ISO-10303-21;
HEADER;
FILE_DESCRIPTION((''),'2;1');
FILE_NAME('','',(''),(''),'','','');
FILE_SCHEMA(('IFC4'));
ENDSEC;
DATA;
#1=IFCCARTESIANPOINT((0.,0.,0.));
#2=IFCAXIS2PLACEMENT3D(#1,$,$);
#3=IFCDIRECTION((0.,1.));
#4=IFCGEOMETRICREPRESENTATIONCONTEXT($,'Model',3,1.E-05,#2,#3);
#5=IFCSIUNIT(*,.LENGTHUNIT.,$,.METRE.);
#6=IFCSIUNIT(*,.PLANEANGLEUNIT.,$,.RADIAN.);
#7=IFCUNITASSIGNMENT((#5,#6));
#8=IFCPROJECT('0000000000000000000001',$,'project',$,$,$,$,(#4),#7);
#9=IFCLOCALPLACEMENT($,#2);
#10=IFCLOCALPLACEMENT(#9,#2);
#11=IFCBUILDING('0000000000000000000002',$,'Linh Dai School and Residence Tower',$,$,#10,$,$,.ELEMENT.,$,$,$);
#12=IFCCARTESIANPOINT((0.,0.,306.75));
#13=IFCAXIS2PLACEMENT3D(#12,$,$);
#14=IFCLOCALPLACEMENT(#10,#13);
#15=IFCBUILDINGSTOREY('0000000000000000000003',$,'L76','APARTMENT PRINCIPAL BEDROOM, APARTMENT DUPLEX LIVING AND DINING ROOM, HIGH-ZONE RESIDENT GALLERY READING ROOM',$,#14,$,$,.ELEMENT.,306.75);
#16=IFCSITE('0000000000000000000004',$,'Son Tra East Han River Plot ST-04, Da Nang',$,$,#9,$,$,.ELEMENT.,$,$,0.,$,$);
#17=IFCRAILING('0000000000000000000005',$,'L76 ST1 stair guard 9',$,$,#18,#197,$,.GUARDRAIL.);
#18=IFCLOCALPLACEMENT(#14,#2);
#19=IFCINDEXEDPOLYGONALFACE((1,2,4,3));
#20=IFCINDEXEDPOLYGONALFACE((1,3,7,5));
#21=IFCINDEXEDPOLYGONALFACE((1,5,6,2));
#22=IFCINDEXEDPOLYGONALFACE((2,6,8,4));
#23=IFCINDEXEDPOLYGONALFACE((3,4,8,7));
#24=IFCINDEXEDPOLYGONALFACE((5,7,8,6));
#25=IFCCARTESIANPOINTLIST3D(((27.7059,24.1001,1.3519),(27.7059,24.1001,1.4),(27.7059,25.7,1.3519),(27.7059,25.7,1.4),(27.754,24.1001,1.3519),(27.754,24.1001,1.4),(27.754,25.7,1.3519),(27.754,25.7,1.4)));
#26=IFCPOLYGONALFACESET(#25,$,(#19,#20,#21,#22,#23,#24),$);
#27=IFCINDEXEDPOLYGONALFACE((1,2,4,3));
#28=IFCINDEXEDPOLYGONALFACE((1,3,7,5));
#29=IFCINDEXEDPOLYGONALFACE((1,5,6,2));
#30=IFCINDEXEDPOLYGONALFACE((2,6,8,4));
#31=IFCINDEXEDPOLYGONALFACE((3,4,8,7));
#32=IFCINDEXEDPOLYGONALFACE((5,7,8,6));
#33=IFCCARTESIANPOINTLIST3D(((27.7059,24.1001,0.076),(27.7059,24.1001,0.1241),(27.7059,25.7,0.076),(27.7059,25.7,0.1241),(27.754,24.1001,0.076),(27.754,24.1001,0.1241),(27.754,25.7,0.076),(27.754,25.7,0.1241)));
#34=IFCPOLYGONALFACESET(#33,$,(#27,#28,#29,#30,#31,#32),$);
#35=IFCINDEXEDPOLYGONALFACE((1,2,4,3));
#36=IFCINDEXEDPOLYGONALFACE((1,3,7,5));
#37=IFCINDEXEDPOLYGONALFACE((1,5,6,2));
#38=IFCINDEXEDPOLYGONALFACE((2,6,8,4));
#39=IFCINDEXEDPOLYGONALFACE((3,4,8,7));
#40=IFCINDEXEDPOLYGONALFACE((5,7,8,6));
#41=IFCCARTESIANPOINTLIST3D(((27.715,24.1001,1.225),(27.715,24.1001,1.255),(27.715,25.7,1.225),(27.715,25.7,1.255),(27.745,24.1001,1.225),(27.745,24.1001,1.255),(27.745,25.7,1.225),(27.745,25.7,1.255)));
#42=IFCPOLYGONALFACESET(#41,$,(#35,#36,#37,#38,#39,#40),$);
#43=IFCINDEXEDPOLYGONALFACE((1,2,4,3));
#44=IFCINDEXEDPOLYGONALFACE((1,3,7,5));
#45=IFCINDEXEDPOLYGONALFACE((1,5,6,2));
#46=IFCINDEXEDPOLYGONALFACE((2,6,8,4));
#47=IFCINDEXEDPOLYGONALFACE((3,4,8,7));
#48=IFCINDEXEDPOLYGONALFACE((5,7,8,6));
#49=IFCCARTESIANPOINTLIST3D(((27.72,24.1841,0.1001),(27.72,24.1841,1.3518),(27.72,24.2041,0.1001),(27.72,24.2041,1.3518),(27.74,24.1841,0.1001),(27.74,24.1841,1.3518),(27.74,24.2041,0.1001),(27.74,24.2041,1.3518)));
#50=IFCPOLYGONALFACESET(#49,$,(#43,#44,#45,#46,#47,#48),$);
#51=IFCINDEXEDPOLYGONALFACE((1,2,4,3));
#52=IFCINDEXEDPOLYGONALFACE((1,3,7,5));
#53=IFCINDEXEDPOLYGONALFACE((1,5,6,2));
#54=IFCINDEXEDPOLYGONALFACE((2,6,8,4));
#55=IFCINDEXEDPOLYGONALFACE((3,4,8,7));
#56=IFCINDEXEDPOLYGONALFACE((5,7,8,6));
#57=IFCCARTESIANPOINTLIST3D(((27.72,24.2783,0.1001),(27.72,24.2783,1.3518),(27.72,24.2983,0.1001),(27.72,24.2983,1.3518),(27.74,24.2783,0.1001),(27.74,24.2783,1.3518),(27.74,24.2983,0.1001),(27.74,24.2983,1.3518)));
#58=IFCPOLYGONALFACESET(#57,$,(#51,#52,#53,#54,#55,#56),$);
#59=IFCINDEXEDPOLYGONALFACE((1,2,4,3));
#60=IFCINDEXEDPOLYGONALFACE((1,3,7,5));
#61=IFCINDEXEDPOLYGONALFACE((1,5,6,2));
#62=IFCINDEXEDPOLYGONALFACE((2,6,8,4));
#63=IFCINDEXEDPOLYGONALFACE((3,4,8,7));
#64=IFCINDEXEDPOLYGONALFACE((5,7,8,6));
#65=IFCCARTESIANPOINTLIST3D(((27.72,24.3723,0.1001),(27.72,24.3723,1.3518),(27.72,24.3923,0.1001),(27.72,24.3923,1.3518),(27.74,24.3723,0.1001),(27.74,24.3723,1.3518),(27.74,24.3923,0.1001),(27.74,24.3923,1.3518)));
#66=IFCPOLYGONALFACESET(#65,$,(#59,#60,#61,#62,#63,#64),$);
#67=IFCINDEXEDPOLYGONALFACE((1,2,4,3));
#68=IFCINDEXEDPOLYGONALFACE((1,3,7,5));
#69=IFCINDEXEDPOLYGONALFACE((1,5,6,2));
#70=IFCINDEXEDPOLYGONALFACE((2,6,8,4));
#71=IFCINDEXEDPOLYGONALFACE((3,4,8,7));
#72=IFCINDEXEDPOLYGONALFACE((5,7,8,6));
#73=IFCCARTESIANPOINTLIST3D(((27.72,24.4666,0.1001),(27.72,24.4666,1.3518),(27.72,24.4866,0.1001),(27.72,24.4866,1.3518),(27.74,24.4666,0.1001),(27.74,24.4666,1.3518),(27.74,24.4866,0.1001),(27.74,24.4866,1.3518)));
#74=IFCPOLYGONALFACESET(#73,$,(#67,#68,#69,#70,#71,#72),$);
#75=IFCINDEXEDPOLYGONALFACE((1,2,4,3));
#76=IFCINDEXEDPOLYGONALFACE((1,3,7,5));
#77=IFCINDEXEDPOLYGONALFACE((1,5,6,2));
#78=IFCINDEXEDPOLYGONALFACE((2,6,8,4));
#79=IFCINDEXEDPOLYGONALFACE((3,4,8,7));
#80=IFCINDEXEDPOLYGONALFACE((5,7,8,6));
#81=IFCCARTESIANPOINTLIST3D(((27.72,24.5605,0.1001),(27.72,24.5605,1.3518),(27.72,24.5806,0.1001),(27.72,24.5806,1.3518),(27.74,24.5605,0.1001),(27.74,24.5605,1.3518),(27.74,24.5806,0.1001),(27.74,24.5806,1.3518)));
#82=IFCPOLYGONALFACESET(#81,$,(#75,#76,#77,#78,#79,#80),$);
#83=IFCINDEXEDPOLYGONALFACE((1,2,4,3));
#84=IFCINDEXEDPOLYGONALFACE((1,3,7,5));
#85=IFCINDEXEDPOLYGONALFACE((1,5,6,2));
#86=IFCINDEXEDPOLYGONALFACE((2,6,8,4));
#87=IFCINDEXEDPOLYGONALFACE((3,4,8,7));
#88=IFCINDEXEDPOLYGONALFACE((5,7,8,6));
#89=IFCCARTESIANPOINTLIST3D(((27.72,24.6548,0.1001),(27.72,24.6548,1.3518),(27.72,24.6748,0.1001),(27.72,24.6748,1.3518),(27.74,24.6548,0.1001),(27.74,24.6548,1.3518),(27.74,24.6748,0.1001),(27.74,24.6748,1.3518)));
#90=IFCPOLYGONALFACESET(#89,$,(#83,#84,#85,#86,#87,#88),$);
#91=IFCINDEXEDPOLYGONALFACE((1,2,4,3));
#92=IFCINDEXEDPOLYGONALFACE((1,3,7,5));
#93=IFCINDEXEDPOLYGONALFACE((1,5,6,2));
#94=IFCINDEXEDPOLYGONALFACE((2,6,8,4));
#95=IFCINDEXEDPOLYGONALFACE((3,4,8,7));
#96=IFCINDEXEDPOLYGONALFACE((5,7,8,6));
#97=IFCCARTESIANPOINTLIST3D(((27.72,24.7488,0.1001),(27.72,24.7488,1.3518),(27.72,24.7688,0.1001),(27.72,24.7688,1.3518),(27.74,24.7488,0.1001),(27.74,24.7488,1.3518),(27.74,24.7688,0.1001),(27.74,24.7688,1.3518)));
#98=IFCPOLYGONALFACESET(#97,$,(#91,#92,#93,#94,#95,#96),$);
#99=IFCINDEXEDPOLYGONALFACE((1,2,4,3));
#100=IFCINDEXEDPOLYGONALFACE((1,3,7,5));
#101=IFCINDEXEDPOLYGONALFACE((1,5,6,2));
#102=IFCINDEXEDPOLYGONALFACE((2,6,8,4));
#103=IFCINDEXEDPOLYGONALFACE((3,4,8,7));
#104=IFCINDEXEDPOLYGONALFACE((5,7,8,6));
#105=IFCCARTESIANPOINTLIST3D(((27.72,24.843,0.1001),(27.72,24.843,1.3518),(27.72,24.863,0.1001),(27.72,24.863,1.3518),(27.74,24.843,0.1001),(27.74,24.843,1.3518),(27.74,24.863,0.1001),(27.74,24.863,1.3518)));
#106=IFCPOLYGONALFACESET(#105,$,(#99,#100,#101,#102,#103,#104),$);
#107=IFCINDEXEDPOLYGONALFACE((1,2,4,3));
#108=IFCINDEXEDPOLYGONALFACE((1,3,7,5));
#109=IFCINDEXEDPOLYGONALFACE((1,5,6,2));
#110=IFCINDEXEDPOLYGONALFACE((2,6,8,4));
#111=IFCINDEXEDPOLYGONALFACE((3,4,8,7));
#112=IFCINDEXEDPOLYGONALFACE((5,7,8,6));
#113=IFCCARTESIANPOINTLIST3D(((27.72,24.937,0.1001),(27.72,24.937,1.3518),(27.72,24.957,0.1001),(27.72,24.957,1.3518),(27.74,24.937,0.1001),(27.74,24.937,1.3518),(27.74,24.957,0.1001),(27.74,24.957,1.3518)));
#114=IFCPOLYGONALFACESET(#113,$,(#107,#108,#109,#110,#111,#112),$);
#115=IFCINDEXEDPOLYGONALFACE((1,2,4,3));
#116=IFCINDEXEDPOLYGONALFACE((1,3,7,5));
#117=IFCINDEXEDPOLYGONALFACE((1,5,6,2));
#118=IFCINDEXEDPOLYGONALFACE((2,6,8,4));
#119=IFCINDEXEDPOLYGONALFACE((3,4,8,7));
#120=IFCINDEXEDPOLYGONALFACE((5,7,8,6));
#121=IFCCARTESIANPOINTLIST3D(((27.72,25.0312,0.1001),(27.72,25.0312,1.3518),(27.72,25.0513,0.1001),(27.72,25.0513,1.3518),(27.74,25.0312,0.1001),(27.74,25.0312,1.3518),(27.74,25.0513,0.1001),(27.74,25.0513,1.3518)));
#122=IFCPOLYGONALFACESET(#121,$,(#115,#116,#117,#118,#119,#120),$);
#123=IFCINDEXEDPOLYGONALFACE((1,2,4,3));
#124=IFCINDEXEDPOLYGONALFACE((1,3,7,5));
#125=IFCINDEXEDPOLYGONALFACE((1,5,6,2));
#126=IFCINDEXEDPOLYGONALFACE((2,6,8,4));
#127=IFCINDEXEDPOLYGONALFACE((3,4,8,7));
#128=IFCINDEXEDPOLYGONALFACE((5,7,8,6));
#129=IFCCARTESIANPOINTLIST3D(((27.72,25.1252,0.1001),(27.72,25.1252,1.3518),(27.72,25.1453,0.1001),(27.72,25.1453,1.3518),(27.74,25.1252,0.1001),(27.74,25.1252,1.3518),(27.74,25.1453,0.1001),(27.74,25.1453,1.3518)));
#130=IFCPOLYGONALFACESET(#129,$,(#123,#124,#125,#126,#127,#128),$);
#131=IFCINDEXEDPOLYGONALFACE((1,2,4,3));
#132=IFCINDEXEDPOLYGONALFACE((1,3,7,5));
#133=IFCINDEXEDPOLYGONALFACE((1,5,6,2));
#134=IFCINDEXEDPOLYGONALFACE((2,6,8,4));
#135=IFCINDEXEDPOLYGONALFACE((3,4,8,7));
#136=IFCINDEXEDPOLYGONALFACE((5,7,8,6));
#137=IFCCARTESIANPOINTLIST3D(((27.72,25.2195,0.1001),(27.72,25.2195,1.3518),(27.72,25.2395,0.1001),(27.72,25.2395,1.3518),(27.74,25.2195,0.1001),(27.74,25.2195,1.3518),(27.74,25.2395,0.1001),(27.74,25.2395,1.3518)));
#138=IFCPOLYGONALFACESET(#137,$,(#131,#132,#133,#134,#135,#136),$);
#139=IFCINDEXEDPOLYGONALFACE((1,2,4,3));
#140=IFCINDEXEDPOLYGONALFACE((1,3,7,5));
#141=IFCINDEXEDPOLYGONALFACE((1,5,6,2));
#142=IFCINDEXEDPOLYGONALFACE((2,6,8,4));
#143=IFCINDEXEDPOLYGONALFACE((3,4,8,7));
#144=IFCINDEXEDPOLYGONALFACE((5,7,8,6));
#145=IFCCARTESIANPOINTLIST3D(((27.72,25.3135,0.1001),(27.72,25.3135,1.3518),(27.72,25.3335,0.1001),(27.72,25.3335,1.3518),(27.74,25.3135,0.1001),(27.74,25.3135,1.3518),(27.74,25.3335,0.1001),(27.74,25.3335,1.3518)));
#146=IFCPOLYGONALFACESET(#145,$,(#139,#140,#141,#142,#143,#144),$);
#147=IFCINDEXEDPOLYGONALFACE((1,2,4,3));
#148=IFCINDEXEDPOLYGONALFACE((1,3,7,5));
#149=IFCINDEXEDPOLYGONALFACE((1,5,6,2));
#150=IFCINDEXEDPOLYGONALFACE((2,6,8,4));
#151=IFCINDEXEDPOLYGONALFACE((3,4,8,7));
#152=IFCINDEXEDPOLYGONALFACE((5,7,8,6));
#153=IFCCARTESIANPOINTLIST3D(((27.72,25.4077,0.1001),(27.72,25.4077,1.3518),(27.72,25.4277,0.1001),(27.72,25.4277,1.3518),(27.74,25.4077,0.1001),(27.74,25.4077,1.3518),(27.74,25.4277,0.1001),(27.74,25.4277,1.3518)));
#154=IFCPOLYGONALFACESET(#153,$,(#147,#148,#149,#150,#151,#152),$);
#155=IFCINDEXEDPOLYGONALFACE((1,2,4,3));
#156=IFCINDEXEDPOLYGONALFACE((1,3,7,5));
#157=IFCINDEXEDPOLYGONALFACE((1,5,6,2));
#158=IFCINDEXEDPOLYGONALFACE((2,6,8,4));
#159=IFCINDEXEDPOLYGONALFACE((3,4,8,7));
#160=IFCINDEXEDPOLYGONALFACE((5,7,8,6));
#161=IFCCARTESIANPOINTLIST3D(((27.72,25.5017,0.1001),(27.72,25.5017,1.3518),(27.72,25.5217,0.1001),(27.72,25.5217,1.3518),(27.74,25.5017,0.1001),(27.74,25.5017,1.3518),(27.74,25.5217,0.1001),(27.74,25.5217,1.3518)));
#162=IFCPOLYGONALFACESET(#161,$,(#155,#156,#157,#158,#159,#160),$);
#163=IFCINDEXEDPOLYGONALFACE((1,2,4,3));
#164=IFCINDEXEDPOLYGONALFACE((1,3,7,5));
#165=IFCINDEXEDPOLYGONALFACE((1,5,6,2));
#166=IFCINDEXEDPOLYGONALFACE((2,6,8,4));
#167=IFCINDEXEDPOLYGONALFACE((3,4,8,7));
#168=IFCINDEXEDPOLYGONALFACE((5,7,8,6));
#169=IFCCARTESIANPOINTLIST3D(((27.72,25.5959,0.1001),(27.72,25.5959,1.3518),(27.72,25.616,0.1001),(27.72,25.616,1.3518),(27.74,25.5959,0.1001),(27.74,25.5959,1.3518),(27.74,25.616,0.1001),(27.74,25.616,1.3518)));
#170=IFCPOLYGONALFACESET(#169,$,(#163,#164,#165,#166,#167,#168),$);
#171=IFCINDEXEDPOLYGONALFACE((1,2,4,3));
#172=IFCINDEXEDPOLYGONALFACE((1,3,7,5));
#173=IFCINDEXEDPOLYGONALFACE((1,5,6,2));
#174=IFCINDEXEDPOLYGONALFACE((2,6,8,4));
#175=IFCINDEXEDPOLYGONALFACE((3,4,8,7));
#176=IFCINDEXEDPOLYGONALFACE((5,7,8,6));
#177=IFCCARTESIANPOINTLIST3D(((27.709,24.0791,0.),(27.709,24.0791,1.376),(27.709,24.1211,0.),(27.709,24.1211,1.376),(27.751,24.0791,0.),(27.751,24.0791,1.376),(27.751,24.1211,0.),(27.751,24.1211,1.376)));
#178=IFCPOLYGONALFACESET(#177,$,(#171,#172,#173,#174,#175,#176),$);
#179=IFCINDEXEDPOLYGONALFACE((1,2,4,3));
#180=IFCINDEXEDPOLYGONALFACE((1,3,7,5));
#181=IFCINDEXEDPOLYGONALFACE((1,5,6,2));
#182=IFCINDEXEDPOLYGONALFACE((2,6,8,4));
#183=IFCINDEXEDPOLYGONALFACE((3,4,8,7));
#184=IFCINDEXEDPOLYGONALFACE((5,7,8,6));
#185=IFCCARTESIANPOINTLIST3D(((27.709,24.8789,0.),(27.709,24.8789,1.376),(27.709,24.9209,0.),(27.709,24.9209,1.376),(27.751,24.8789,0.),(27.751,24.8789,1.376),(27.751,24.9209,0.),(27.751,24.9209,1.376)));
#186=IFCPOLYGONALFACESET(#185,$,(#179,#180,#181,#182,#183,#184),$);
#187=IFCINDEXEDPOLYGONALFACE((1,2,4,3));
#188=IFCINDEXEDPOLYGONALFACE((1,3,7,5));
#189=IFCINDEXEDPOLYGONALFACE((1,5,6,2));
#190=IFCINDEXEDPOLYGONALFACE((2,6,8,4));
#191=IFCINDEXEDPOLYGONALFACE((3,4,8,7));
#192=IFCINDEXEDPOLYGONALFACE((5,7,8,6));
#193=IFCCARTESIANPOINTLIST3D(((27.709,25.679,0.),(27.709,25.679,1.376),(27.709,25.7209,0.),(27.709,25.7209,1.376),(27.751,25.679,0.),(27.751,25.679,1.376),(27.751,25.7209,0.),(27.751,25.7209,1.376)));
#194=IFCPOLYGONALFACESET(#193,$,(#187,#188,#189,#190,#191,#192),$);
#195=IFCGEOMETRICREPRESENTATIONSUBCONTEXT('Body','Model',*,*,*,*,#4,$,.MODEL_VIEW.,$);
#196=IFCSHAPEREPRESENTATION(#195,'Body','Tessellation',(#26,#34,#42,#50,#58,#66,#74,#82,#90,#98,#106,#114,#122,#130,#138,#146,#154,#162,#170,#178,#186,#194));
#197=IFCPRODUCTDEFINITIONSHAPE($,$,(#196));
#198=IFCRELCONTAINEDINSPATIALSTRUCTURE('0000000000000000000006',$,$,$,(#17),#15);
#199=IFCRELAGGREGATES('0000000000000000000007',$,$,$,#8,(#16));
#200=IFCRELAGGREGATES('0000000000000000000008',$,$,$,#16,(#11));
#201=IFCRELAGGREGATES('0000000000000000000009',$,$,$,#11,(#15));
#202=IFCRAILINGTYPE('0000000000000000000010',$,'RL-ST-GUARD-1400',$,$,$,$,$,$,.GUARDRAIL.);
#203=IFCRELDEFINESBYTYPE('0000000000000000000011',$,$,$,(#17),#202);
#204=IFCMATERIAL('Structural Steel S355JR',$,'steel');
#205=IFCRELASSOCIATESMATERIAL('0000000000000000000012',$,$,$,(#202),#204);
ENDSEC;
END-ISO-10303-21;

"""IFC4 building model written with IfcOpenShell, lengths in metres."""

from ifc_helpers import new_model, si_unit, direction, frame, origin, origin_2d, place, context, subcontext, project, spatial, rectangle, extrude, source, transform, mapped, material, type_object, element, save


model = new_model("IFC4")

# Units and contexts
model_context = context("Model", 3, precision=1e-05, world=origin(), true_north=direction((0.0, 1.0)))
body_context = subcontext(model_context, "Body", "Model", "MODEL_VIEW")
ifc_project = project(units=[si_unit("LENGTHUNIT", "METRE"), si_unit("PLANEANGLEUNIT", "RADIAN")], contexts=[model_context])

# Site, building, storey
site_placement = place(None, origin())
site = spatial("IfcSite", under=ifc_project, at=site_placement, Name="Son Tra East Han River Plot ST-04, Da Nang", CompositionType="ELEMENT", RefElevation=0.0)
building_placement = place(site_placement, origin())
building = spatial("IfcBuilding", under=site, at=building_placement, Name="Linh Dai School and Residence Tower", CompositionType="ELEMENT")
storey_placement = place(building_placement, frame((0.0, 0.0, 306.75)))
storey = spatial("IfcBuildingStorey", under=building, at=storey_placement, Name="L76", Description="APARTMENT PRINCIPAL BEDROOM, APARTMENT DUPLEX LIVING AND DINING ROOM, HIGH-ZONE RESIDENT GALLERY READING ROOM", CompositionType="ELEMENT", Elevation=306.75)

# Shared definitions
ifc_material_1 = material(Name="Structural Steel S355JR", Category="steel")

# Railing
railing_type_1 = type_object("IfcRailingType", Name="RL-ST-GUARD-1400", PredefinedType="GUARDRAIL", material=ifc_material_1)
shared_shape_1 = source(origin(), body_context, "Body", "SweptSolid", [
    extrude(rectangle(XDim=0.0481, YDim=0.0481, at=origin_2d()), frame((0.0, 0.0, 1.376), z_axis=(0.0, 1.0, 0.0), x_axis=(-1.0, 0.0, 0.0)), (0.0, 0.0, 1.0), 1.5999),
    extrude(rectangle(XDim=0.0481, YDim=0.0481, at=origin_2d()), frame((0.0, 0.0, 0.1001), z_axis=(0.0, 1.0, 0.0), x_axis=(-1.0, 0.0, 0.0)), (0.0, 0.0, 1.0), 1.5999),
    extrude(rectangle(XDim=0.03, YDim=0.03, at=origin_2d()), frame((0.0, 0.0, 1.24), z_axis=(0.0, 1.0, 0.0), x_axis=(-1.0, 0.0, 0.0)), (0.0, 0.0, 1.0), 1.5999),
    extrude(rectangle(XDim=0.02, YDim=0.02, at=origin_2d()), frame((0.0, 0.094, 0.1001)), (0.0, 0.0, 1.0), 1.2517),
    extrude(rectangle(XDim=0.02, YDim=0.02, at=origin_2d()), frame((0.0, 0.1882, 0.1001)), (0.0, 0.0, 1.0), 1.2517),
    extrude(rectangle(XDim=0.02, YDim=0.02, at=origin_2d()), frame((0.0, 0.2822, 0.1001)), (0.0, 0.0, 1.0), 1.2517),
    extrude(rectangle(XDim=0.02, YDim=0.02, at=origin_2d()), frame((0.0, 0.3765, 0.1001)), (0.0, 0.0, 1.0), 1.2517),
    extrude(rectangle(XDim=0.02, YDim=0.02, at=origin_2d()), frame((0.0, 0.4705, 0.1001)), (0.0, 0.0, 1.0), 1.2517),
    extrude(rectangle(XDim=0.02, YDim=0.02, at=origin_2d()), frame((0.0, 0.5647, 0.1001)), (0.0, 0.0, 1.0), 1.2517),
    extrude(rectangle(XDim=0.02, YDim=0.02, at=origin_2d()), frame((0.0, 0.6587, 0.1001)), (0.0, 0.0, 1.0), 1.2517),
    extrude(rectangle(XDim=0.02, YDim=0.02, at=origin_2d()), frame((0.0, 0.7529, 0.1001)), (0.0, 0.0, 1.0), 1.2517),
    extrude(rectangle(XDim=0.02, YDim=0.02, at=origin_2d()), frame((0.0, 0.8469, 0.1001)), (0.0, 0.0, 1.0), 1.2517),
    extrude(rectangle(XDim=0.02, YDim=0.02, at=origin_2d()), frame((0.0, 0.9412, 0.1001)), (0.0, 0.0, 1.0), 1.2517),
    extrude(rectangle(XDim=0.02, YDim=0.02, at=origin_2d()), frame((0.0, 1.0352, 0.1001)), (0.0, 0.0, 1.0), 1.2517),
    extrude(rectangle(XDim=0.02, YDim=0.02, at=origin_2d()), frame((0.0, 1.1294, 0.1001)), (0.0, 0.0, 1.0), 1.2517),
    extrude(rectangle(XDim=0.02, YDim=0.02, at=origin_2d()), frame((0.0, 1.2234, 0.1001)), (0.0, 0.0, 1.0), 1.2517),
    extrude(rectangle(XDim=0.02, YDim=0.02, at=origin_2d()), frame((0.0, 1.3176, 0.1001)), (0.0, 0.0, 1.0), 1.2517),
    extrude(rectangle(XDim=0.02, YDim=0.02, at=origin_2d()), frame((0.0, 1.4116, 0.1001)), (0.0, 0.0, 1.0), 1.2517),
    extrude(rectangle(XDim=0.02, YDim=0.02, at=origin_2d()), frame((0.0, 1.5059, 0.1001)), (0.0, 0.0, 1.0), 1.2517),
    extrude(rectangle(XDim=0.042, YDim=0.042, at=origin_2d()), origin(), (0.0, 0.0, 1.0), 1.376),
    extrude(rectangle(XDim=0.042, YDim=0.042, at=origin_2d()), frame((0.0, 0.7998, 0.0)), (0.0, 0.0, 1.0), 1.376),
    extrude(rectangle(XDim=0.042, YDim=0.042, at=origin_2d()), frame((0.0, 1.5999, 0.0)), (0.0, 0.0, 1.0), 1.376),
])
for number, where, name in (
    (1, (27.73, 24.1001, 0.0), "L76 ST1 stair guard 9"),
):
    element("IfcRailing", number, at=place(storey_placement, frame(where)), inside=storey, type_object=railing_type_1, Name=name, PredefinedType="GUARDRAIL", context=body_context, shape_type="MappedRepresentation", body=[
        mapped(shared_shape_1, transform((0.0, 0.0, 0.0), x_axis=(1.0, 0.0, 0.0), y_axis=(0.0, 1.0, 0.0), z_axis=(0.0, 0.0, 1.0), scale=1.0)),
    ])

save(model, "model.ifc")
